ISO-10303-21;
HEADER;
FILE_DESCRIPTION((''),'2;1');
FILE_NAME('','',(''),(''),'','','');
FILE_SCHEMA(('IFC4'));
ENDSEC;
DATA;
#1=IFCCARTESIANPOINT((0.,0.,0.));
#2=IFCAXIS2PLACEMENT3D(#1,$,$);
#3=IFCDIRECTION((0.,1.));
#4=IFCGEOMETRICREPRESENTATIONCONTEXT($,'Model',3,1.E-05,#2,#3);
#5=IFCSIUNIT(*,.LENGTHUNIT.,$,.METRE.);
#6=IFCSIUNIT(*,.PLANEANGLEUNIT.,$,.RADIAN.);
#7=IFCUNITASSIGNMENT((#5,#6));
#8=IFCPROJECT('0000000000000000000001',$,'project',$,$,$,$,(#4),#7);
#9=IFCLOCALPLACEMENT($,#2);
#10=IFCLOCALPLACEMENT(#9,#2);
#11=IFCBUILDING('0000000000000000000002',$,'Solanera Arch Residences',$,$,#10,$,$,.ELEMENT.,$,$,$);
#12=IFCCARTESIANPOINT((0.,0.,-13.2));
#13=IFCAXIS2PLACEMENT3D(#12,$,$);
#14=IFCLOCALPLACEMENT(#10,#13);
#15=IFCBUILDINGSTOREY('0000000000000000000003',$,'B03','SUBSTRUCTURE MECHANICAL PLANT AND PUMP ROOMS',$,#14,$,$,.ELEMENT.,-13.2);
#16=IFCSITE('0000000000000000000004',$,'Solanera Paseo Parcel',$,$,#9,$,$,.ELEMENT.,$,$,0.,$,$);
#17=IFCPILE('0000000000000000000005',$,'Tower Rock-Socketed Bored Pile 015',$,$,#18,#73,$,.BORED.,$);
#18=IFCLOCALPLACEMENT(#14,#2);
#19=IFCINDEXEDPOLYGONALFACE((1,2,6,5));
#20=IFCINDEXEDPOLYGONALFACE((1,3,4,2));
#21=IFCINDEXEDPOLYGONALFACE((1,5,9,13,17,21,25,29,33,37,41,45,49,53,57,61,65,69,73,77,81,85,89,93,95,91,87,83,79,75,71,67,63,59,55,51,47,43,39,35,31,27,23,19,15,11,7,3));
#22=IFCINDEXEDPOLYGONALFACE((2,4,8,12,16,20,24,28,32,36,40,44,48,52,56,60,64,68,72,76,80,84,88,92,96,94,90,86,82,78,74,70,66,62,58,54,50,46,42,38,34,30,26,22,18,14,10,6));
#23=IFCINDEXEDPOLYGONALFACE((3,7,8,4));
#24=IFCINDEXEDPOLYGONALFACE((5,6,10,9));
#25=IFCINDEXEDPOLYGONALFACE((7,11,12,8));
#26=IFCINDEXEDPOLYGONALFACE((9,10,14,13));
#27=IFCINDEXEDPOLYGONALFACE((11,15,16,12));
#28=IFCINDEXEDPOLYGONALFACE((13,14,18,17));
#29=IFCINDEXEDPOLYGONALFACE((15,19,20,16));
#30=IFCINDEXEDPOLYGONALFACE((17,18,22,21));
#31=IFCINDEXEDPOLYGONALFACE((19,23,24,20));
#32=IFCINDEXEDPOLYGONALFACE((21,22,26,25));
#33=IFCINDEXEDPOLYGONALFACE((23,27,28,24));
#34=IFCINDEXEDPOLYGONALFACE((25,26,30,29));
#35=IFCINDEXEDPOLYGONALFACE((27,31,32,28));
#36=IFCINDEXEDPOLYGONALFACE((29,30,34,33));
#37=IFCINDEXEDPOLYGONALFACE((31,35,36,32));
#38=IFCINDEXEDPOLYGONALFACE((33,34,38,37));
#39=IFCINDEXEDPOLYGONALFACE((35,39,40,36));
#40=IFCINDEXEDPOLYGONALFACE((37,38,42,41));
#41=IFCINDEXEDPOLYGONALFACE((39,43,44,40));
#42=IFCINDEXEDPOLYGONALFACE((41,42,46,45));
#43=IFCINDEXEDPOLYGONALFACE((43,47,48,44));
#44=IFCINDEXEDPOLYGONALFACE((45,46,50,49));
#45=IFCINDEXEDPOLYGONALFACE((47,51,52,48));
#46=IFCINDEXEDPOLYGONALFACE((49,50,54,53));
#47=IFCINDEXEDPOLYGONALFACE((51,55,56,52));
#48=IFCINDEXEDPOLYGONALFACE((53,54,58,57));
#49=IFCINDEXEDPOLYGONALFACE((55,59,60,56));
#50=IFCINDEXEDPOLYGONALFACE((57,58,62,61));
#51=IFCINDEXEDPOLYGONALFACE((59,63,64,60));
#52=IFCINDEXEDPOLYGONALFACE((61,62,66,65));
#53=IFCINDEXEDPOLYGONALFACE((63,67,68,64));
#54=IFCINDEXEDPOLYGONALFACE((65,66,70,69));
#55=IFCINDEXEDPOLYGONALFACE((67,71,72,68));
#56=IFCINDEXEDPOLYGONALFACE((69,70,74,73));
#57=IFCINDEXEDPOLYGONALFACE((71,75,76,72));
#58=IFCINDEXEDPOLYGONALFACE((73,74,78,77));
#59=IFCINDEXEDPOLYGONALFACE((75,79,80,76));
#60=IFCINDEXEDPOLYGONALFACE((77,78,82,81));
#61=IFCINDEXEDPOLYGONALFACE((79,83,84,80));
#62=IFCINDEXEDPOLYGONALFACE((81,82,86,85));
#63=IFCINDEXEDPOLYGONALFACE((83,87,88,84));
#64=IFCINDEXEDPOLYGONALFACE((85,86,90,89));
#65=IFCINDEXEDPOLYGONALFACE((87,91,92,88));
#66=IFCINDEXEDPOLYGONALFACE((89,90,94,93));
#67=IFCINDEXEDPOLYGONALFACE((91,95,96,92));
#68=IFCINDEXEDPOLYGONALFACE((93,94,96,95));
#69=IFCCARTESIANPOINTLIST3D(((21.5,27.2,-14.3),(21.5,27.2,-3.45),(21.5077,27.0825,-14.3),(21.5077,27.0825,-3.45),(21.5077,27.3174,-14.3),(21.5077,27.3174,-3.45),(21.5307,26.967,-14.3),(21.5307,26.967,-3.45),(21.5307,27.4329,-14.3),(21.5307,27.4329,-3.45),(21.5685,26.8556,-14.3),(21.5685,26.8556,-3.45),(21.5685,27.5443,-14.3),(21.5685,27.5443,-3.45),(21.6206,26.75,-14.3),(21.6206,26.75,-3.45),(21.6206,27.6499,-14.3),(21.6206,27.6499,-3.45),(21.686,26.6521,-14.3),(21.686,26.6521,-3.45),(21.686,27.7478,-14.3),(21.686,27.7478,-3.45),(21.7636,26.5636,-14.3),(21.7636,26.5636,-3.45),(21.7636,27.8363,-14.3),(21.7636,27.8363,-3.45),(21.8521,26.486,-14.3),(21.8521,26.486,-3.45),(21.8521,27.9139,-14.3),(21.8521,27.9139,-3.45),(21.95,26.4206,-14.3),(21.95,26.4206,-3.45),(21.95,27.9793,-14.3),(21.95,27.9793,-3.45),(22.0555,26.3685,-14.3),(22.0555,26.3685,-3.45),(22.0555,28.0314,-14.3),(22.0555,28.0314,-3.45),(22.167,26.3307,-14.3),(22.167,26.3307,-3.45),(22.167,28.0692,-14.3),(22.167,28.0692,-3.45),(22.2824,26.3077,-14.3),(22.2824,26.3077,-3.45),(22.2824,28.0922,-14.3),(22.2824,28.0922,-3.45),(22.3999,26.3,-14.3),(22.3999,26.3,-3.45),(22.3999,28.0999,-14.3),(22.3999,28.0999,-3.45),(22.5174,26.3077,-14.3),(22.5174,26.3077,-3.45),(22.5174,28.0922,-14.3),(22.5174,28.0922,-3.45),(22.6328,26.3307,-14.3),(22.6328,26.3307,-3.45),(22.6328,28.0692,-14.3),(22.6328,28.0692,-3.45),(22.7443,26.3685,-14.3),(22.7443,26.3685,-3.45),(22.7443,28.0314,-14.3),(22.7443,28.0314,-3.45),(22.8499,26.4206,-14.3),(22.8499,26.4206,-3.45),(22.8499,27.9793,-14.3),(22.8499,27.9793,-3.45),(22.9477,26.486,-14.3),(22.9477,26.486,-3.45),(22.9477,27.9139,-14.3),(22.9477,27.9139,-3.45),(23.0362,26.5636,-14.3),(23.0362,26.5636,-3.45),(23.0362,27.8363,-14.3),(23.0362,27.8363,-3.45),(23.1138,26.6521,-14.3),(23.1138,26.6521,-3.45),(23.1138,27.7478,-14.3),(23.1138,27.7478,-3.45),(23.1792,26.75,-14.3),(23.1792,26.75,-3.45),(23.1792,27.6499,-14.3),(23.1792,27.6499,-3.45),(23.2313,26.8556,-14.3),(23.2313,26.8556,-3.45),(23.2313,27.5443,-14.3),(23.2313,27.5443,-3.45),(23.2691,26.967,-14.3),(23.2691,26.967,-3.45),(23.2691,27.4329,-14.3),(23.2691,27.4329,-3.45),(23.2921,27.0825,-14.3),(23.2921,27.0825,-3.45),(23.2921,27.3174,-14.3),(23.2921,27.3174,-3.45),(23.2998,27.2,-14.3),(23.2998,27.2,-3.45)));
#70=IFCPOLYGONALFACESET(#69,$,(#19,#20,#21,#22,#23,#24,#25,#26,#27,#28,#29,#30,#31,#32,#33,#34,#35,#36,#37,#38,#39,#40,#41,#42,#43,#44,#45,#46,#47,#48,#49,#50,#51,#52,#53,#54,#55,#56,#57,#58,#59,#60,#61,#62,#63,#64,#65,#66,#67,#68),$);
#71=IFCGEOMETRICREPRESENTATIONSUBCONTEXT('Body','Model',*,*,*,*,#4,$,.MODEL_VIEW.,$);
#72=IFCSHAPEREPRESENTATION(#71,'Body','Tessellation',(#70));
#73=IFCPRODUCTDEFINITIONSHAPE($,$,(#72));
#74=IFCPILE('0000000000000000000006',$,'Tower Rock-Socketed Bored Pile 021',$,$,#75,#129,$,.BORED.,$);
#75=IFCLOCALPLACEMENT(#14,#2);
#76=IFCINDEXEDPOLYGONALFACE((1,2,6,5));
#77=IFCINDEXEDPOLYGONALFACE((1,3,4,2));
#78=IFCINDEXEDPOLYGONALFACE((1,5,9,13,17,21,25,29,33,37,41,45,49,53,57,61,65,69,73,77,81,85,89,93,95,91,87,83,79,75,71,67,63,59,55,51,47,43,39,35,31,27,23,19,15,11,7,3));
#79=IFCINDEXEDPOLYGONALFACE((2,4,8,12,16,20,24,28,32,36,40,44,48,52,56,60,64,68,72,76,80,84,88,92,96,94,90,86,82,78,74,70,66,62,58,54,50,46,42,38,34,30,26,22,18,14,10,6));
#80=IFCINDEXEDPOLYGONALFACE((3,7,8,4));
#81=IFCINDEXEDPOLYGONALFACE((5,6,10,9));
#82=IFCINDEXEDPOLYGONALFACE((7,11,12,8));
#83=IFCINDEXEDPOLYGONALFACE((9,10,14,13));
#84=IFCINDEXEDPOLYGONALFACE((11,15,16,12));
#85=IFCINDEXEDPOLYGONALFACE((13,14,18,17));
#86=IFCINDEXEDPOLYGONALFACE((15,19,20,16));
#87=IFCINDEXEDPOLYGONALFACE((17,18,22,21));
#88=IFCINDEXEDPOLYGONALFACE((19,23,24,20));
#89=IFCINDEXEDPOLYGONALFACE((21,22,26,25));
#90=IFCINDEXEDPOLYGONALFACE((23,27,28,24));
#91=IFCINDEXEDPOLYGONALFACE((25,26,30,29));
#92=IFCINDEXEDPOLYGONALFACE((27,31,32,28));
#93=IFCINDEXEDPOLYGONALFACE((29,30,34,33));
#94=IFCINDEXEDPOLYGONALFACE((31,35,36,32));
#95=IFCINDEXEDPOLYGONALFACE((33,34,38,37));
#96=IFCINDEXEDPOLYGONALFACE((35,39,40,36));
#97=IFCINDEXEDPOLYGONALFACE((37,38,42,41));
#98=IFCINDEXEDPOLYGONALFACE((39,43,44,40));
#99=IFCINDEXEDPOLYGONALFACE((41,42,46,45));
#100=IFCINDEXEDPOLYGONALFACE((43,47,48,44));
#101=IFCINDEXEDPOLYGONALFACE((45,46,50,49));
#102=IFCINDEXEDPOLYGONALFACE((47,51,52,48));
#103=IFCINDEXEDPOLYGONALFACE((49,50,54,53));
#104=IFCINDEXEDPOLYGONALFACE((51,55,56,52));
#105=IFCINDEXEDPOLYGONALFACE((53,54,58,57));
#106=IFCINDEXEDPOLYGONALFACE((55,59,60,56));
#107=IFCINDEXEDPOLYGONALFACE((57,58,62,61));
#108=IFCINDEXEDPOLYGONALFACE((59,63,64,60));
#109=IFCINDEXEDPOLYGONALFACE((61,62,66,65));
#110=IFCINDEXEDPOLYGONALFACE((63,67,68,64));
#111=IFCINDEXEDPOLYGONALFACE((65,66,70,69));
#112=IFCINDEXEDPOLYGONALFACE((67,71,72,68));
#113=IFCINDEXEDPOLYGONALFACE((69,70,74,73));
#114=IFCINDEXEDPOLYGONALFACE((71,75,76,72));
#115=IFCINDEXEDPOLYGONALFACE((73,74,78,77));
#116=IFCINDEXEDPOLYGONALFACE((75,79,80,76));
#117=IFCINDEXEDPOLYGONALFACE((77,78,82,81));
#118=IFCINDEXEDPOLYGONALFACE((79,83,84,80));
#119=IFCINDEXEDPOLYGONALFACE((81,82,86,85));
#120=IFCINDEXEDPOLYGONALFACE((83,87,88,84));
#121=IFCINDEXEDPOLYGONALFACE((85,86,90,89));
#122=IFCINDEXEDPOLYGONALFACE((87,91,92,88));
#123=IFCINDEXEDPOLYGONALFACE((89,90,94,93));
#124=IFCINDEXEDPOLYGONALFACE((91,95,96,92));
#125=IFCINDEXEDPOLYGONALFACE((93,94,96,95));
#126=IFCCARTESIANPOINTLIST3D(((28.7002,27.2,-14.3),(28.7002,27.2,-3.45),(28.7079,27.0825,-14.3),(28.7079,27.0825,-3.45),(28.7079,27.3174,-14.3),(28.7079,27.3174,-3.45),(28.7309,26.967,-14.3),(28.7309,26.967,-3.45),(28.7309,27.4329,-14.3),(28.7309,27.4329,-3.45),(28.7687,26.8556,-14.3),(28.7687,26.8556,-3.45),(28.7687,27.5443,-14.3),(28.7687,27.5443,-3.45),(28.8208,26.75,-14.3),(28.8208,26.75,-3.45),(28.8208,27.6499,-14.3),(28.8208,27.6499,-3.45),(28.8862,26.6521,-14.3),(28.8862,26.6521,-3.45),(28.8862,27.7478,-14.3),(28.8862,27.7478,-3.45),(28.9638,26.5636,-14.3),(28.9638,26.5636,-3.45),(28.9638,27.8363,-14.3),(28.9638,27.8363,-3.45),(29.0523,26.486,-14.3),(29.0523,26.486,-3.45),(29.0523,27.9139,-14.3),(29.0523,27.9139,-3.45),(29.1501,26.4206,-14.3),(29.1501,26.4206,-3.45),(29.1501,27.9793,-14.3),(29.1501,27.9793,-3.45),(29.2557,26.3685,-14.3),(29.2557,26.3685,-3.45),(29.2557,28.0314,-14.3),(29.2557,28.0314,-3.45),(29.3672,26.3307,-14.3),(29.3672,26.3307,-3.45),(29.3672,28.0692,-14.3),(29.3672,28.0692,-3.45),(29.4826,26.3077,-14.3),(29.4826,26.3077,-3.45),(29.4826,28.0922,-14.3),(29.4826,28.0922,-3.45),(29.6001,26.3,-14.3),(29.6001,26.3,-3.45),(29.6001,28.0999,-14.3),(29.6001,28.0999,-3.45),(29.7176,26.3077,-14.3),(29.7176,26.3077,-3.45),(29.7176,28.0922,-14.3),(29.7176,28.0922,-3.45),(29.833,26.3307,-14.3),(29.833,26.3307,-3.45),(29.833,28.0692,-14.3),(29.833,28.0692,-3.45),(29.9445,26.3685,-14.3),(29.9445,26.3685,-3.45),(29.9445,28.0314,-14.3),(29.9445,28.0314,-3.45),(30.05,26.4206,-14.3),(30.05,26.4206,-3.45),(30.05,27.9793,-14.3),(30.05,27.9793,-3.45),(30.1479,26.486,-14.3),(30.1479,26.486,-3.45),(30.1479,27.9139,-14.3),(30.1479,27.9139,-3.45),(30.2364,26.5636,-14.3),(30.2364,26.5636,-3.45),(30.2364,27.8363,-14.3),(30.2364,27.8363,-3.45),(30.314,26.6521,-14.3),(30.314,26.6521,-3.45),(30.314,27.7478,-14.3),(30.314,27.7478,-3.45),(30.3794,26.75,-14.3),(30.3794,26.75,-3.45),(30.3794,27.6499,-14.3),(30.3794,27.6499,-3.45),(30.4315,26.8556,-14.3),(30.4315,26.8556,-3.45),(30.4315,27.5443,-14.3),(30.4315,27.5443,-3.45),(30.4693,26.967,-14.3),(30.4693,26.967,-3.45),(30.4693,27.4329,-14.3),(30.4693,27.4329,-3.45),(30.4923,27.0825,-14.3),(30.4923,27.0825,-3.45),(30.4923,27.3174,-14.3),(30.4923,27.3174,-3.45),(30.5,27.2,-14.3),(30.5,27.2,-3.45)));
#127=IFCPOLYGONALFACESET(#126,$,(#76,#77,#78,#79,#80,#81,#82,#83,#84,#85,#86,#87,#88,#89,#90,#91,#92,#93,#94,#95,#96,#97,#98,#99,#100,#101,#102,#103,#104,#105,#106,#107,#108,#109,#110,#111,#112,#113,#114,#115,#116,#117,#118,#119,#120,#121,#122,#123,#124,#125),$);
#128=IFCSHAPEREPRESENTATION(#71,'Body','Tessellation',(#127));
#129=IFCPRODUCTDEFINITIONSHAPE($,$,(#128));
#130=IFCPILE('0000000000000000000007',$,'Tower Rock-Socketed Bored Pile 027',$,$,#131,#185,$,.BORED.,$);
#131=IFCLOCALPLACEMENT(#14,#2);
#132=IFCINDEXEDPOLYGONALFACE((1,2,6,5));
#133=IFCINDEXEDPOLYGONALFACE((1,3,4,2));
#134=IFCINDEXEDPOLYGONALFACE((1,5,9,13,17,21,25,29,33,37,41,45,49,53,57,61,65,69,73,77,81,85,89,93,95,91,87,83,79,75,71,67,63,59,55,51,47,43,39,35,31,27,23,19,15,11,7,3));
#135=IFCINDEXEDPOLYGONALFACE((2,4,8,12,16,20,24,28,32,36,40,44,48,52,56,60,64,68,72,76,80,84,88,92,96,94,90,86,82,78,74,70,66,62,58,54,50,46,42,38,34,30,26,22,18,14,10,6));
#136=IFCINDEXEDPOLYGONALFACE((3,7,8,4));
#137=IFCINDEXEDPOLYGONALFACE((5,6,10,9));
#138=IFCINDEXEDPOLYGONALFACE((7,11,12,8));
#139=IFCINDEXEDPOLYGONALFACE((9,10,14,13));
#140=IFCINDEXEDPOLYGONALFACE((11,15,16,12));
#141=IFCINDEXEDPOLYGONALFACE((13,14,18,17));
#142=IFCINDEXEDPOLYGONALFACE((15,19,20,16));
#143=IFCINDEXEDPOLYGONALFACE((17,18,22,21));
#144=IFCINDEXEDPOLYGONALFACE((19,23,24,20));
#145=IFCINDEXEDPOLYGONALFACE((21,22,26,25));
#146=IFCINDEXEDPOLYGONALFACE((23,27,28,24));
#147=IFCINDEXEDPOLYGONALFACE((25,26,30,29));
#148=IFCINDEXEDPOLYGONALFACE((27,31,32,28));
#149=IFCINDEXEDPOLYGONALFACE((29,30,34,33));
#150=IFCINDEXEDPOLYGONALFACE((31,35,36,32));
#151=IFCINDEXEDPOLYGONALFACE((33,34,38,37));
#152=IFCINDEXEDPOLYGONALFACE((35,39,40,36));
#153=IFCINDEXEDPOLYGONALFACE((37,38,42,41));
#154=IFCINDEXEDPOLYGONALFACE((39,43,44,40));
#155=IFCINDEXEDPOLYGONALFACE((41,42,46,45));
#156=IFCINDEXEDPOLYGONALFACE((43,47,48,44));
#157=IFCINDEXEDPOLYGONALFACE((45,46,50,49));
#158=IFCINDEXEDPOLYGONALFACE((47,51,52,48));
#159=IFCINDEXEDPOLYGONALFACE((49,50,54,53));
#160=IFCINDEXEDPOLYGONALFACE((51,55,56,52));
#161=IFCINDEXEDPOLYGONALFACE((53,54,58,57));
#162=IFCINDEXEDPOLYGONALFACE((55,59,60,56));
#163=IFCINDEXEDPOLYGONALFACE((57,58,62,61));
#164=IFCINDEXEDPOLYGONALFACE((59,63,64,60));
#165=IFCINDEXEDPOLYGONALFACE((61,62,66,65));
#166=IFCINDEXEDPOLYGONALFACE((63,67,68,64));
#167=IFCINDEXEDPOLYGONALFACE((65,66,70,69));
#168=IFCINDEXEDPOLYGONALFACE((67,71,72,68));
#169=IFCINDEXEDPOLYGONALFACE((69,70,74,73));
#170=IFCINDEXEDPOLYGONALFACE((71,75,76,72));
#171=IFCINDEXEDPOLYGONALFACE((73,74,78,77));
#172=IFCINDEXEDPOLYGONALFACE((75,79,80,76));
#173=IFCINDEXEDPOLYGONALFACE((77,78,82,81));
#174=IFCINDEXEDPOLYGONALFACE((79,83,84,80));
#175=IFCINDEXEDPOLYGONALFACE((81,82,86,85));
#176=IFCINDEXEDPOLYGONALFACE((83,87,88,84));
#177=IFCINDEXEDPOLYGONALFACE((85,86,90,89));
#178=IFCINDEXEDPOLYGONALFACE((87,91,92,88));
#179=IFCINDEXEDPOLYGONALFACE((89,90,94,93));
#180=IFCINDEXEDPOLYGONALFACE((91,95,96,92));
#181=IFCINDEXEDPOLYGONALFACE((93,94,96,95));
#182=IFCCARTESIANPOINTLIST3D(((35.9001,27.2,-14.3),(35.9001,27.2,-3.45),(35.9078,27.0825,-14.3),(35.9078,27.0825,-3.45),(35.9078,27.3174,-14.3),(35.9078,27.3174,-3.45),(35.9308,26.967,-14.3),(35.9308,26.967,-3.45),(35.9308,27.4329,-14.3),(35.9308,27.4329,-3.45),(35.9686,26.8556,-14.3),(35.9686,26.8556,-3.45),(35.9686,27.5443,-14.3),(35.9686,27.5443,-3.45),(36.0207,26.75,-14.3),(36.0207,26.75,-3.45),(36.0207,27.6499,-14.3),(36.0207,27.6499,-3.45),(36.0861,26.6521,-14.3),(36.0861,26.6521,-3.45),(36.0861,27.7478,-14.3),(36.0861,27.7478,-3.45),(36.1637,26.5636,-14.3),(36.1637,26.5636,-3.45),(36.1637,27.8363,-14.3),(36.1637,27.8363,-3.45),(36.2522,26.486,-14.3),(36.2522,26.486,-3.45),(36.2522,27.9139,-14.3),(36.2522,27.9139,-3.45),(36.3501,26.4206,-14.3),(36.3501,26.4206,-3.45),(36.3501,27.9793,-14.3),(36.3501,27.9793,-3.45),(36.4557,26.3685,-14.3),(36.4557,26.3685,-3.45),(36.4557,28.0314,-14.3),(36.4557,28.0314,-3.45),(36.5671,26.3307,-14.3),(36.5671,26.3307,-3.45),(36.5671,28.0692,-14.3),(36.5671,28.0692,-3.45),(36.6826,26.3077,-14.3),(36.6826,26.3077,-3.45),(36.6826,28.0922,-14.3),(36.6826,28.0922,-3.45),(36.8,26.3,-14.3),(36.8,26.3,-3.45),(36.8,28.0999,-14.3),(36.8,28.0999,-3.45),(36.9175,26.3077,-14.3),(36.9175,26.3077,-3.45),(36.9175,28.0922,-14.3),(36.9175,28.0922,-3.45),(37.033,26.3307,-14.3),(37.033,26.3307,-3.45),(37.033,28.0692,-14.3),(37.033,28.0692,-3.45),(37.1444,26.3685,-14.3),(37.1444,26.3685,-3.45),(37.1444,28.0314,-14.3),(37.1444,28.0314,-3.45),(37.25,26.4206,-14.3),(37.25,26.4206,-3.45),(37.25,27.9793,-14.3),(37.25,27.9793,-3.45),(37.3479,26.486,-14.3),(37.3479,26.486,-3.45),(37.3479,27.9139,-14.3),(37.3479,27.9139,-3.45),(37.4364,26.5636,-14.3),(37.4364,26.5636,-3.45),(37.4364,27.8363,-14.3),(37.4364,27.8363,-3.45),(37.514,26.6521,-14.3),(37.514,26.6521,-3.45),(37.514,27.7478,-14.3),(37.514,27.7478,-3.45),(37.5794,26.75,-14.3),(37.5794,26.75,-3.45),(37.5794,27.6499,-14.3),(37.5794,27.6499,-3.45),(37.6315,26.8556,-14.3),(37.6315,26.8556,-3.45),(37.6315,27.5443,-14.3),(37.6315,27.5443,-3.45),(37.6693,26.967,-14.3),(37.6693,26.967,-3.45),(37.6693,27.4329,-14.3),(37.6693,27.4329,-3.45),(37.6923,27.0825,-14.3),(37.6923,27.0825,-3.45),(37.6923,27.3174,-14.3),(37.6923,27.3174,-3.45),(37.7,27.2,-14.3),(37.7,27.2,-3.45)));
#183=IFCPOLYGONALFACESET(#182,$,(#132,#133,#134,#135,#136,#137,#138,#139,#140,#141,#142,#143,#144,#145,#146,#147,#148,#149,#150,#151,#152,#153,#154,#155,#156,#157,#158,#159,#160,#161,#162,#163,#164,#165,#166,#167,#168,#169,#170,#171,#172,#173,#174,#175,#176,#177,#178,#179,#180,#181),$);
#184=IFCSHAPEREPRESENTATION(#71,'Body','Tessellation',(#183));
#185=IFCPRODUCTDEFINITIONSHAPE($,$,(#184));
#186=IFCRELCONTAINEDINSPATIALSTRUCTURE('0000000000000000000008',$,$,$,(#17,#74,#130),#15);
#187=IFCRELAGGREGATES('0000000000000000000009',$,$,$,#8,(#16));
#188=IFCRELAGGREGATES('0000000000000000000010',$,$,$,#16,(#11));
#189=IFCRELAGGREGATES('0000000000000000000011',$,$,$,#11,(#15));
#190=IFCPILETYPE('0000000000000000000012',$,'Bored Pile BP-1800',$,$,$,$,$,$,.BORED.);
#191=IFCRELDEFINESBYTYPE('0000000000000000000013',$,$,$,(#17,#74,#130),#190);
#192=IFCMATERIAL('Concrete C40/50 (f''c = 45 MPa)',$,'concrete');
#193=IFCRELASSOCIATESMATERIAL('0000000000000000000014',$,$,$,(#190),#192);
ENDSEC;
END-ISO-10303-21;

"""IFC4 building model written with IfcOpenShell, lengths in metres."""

from ifc_helpers import new_model, si_unit, direction, frame, origin, origin_2d, place, context, subcontext, project, spatial, circle, extrude, material, material_profile, profile_set, type_object, element, save


model = new_model("IFC4")

# Units and contexts
model_context = context("Model", 3, precision=1e-05, world=origin(), true_north=direction((0.0, 1.0)))
body_context = subcontext(model_context, "Body", "Model", "MODEL_VIEW")
ifc_project = project(units=[si_unit("LENGTHUNIT", "METRE"), si_unit("PLANEANGLEUNIT", "RADIAN")], contexts=[model_context])

# Site, building, storey
site_placement = place(None, origin())
site = spatial("IfcSite", under=ifc_project, at=site_placement, Name="Solanera Paseo Parcel", CompositionType="ELEMENT", RefElevation=0.0)
building_placement = place(site_placement, origin())
building = spatial("IfcBuilding", under=site, at=building_placement, Name="Solanera Arch Residences", CompositionType="ELEMENT")
storey_placement = place(building_placement, frame((0.0, 0.0, -13.2)))
storey = spatial("IfcBuildingStorey", under=building, at=storey_placement, Name="B03", Description="SUBSTRUCTURE MECHANICAL PLANT AND PUMP ROOMS", CompositionType="ELEMENT", Elevation=-13.2)

# Piles
ifc_material_1 = material(Name="Concrete C40/50 (f'c = 45 MPa)", Category="concrete")
ifc_material_profile_1 = material_profile(ifc_material_1, circle(Radius=0.8999, at=origin_2d()))
ifc_profile_set_1 = profile_set([ifc_material_profile_1], Name="Concrete C40/50 (f'c = 45 MPa)")
pile_type = type_object("IfcPileType", Name="Bored Pile BP-1800", PredefinedType="BORED", material=ifc_profile_set_1)
for number, where, z_axis, x_axis, name in (
    (1, (22.3999, 27.2, -3.45), (0.0, 0.0, -1.0), (1.0, 0.0, 0.0), "Tower Rock-Socketed Bored Pile 015"),
    (2, (29.6001, 27.2, -3.45), (0.0, 0.0, -1.0), (1.0, 0.0, 0.0), "Tower Rock-Socketed Bored Pile 021"),
    (3, (36.8, 27.2, -3.45), (0.0, 0.0, -1.0), (1.0, 0.0, 0.0), "Tower Rock-Socketed Bored Pile 027"),
):
    element("IfcPile", number, at=place(storey_placement, frame(where, z_axis=z_axis, x_axis=x_axis)), inside=storey, type_object=pile_type, Name=name, PredefinedType="BORED", context=body_context, shape_type="SweptSolid", body=[
        extrude(circle(Radius=0.8999, at=origin_2d()), origin(), (0.0, 0.0, 1.0), 10.8501),
    ])

save(model, "model.ifc")
